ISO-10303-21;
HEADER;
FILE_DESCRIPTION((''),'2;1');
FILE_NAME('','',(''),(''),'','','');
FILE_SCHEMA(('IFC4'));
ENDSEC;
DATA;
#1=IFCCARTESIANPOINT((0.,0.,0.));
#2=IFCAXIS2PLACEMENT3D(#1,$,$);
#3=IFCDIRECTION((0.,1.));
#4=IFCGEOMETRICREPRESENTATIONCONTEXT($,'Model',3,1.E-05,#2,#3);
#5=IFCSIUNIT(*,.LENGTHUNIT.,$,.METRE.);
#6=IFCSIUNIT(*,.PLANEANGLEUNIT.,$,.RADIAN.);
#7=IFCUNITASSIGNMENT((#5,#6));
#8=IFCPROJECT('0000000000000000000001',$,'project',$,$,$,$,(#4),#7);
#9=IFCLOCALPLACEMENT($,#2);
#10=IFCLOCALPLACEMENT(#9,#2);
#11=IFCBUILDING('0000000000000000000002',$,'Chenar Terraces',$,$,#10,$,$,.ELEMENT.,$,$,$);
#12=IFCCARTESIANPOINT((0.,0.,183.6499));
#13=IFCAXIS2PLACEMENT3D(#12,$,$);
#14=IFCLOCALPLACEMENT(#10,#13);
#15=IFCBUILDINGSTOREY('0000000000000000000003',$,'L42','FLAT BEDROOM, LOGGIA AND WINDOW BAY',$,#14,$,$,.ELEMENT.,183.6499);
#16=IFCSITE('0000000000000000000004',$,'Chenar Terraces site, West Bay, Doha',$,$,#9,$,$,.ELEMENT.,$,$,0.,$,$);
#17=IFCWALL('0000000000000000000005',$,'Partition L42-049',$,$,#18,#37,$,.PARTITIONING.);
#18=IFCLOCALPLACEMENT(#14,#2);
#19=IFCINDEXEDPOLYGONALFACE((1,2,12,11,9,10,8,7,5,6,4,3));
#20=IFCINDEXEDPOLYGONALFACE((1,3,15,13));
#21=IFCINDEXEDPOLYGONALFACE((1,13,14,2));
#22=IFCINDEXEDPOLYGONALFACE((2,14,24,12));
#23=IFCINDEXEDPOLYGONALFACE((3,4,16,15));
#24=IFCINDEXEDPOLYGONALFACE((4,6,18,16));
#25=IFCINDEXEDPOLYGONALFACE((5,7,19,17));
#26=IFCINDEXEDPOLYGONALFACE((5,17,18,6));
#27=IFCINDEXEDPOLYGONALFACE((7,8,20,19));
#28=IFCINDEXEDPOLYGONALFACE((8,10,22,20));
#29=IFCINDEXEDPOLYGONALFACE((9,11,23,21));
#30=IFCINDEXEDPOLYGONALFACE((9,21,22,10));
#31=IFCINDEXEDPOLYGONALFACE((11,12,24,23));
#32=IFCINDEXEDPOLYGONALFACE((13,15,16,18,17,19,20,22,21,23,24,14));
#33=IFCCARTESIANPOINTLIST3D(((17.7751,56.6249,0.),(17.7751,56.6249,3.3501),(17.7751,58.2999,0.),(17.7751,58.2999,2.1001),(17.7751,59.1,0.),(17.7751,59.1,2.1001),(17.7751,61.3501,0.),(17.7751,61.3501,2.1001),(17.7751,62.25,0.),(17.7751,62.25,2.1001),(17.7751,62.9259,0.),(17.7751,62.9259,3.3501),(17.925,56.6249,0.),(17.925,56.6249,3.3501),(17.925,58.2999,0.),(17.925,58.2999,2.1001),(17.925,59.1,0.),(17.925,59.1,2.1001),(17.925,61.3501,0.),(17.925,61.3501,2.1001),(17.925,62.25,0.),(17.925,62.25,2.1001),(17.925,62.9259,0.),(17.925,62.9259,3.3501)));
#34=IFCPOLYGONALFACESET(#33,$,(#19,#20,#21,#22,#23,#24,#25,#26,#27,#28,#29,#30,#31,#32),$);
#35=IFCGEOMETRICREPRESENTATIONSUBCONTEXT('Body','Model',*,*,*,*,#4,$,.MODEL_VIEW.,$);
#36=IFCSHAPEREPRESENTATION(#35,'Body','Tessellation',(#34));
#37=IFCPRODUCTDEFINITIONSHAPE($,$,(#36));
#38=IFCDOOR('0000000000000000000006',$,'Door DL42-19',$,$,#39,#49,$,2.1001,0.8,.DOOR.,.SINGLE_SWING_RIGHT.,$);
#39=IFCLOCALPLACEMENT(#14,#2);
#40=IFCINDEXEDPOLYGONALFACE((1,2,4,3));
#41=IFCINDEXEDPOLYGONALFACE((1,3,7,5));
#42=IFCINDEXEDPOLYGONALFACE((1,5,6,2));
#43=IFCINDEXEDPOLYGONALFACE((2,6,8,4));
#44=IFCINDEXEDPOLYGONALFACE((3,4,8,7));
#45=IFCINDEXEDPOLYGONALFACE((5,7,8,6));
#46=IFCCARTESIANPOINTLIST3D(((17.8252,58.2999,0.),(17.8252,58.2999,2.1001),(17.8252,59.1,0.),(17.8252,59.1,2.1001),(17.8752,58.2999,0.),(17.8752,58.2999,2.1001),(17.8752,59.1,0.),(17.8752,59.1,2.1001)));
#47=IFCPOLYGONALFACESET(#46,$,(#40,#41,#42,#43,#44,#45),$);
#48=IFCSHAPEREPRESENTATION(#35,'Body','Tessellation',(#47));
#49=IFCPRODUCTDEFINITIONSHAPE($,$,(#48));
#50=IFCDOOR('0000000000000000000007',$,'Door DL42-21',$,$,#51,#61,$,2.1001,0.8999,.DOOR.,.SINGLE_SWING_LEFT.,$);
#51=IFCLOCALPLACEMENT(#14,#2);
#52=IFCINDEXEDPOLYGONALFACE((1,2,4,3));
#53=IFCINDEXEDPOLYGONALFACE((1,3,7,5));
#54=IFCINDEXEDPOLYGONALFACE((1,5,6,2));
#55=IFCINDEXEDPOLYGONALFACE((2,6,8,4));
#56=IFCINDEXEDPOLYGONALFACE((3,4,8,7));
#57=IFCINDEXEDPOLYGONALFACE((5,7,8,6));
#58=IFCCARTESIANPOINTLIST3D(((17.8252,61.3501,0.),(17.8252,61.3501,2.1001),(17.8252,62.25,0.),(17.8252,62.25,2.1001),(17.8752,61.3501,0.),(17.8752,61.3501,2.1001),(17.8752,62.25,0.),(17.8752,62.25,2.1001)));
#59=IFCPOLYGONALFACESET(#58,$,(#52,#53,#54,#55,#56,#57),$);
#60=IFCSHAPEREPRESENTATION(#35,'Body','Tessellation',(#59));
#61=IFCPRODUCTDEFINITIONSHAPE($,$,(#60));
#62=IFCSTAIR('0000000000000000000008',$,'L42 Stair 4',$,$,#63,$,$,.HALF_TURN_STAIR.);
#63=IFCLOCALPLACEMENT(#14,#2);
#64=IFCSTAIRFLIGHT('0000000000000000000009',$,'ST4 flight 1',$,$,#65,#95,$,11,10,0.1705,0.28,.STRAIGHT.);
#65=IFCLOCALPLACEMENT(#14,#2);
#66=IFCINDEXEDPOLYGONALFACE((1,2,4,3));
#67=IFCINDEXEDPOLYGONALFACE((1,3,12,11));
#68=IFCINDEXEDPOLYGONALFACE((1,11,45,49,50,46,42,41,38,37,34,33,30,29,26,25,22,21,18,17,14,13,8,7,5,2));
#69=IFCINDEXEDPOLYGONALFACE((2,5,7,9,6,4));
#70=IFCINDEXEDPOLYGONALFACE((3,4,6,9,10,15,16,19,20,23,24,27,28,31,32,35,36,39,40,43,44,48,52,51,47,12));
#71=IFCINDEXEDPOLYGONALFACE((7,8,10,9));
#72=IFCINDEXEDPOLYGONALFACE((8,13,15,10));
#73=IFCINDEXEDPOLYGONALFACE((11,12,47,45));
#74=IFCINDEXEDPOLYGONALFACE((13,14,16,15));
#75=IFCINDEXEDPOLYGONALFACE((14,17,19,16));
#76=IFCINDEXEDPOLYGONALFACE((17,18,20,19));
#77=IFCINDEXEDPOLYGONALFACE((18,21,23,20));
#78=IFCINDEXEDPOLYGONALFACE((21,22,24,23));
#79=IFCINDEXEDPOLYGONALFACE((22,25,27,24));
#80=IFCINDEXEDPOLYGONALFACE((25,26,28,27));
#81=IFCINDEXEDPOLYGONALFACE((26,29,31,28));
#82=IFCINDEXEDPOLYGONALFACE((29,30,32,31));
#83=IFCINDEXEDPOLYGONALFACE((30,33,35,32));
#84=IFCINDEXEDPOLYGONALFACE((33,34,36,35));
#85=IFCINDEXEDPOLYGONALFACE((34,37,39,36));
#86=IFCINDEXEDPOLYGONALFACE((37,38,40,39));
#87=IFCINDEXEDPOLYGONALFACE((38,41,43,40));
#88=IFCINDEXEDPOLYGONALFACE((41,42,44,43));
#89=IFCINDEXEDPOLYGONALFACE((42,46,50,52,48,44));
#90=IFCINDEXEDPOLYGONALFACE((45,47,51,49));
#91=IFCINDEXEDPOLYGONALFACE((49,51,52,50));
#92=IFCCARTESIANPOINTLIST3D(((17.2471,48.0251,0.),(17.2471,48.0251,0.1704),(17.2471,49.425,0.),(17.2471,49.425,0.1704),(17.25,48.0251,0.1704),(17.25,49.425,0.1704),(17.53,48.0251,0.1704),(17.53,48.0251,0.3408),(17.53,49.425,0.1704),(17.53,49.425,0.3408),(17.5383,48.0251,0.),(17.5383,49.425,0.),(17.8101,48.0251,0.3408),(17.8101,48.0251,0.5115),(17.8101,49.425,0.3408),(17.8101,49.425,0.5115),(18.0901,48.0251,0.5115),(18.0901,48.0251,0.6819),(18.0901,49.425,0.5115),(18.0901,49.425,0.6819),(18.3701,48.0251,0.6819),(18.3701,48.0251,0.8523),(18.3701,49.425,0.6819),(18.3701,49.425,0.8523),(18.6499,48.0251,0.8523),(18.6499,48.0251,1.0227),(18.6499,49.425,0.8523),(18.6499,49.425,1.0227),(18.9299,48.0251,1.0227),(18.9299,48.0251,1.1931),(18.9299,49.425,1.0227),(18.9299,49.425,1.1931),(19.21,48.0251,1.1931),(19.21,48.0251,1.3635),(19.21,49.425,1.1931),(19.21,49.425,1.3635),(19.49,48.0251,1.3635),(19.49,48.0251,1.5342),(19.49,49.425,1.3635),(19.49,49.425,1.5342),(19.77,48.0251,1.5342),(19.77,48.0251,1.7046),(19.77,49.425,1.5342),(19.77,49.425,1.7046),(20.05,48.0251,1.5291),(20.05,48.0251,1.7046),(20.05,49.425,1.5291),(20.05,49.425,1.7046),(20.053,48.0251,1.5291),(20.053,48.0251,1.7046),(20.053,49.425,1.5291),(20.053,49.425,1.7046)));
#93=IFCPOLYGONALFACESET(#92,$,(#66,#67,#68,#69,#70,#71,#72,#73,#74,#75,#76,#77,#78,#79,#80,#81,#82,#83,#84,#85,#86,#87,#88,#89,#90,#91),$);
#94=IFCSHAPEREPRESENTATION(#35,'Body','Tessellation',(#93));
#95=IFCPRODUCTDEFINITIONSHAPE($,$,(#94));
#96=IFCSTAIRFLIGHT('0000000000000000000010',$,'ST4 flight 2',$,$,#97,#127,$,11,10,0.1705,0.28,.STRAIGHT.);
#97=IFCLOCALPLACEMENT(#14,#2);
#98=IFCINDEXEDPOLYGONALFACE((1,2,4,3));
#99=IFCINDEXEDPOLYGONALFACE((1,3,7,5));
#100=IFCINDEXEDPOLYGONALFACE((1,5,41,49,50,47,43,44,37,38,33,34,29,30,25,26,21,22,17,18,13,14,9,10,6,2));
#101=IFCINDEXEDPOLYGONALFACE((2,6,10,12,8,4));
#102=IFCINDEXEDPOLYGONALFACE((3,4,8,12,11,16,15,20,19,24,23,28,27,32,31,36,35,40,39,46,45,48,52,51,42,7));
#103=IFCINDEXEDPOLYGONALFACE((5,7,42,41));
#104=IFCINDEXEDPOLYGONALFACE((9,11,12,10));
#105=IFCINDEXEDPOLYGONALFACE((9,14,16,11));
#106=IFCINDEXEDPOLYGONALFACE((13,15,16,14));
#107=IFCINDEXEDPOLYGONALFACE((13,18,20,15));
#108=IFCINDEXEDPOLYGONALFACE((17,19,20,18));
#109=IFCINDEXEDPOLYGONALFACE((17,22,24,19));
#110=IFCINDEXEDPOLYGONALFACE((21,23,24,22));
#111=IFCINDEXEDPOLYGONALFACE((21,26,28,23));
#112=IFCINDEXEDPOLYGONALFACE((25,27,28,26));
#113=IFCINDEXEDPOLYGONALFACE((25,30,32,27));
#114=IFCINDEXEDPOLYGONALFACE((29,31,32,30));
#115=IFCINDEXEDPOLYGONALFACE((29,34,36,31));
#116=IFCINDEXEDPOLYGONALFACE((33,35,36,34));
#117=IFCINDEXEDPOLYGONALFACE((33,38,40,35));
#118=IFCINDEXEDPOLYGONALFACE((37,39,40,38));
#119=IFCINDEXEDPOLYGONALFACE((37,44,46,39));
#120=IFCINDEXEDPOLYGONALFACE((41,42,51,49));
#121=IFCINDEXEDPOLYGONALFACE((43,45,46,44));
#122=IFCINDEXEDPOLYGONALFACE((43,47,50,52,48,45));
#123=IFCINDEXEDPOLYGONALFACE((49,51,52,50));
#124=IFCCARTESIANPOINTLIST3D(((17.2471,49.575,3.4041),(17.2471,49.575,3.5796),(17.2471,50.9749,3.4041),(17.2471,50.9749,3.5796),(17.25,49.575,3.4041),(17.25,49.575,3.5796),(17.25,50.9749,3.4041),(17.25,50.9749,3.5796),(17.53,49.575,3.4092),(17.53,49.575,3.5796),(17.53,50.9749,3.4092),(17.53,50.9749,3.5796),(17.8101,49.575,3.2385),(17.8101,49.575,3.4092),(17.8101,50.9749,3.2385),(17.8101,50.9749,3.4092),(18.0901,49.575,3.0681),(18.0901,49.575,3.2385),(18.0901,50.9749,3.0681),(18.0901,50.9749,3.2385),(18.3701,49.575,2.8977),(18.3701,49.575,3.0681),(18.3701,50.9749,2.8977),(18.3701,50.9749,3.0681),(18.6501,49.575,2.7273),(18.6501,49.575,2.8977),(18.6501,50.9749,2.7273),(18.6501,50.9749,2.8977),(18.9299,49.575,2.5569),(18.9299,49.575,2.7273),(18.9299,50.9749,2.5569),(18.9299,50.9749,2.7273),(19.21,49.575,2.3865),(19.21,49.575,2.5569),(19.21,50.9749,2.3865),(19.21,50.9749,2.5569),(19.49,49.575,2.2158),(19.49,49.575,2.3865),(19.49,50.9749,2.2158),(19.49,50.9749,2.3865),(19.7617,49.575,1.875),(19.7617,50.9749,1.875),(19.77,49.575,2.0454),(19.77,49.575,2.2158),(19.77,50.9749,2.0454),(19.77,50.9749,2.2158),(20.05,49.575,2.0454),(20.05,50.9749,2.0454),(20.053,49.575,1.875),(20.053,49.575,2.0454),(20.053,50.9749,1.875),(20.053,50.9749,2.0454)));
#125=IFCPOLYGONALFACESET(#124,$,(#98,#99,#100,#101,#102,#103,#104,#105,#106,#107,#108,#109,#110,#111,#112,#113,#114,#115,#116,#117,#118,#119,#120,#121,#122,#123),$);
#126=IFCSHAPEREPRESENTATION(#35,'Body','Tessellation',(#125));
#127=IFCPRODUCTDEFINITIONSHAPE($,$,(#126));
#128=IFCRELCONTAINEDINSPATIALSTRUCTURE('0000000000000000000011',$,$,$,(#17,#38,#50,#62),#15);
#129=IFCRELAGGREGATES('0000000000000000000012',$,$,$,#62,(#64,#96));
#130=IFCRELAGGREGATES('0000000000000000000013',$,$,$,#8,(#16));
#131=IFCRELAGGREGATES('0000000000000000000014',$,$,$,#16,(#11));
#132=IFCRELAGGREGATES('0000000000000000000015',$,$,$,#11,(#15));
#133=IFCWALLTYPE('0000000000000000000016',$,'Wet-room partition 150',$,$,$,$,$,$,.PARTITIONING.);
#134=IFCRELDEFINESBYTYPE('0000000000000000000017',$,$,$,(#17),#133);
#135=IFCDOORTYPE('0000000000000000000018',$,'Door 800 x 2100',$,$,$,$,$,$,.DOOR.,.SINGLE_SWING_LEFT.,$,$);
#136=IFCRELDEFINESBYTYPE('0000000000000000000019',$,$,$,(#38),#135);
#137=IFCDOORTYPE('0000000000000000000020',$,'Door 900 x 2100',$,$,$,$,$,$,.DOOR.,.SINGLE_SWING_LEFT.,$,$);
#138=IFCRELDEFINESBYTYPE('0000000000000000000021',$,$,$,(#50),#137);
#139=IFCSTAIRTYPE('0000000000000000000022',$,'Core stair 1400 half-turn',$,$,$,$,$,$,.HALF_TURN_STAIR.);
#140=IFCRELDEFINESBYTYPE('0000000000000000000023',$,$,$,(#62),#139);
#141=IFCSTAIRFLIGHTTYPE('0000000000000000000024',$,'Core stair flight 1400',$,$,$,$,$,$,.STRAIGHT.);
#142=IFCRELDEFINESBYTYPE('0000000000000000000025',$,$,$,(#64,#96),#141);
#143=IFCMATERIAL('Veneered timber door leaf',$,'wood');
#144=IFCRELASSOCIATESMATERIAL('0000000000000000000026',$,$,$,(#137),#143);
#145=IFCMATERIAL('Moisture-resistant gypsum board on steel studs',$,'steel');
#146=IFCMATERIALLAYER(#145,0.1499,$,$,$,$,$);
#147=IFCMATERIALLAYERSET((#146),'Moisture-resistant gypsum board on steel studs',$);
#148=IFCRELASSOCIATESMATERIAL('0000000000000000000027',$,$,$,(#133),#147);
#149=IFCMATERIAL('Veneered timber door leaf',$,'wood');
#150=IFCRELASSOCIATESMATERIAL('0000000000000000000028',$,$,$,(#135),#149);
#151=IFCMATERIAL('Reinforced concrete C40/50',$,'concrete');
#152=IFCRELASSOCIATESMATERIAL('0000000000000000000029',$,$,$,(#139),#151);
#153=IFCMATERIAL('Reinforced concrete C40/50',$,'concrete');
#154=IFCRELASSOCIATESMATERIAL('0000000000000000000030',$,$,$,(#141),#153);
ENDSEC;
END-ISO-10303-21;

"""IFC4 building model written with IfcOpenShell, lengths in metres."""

from ifc_helpers import new_model, si_unit, direction, frame, frame_2d, origin, place, context, subcontext, project, spatial, polyline, rectangle, outline, extrude, material, layer, layer_set, type_object, element, fill, aggregate, save


model = new_model("IFC4")

# Units and contexts
model_context = context("Model", 3, precision=1e-05, world=origin(), true_north=direction((0.0, 1.0)))
body_context = subcontext(model_context, "Body", "Model", "MODEL_VIEW")
ifc_project = project(units=[si_unit("LENGTHUNIT", "METRE"), si_unit("PLANEANGLEUNIT", "RADIAN")], contexts=[model_context])

# Site, building, storey
site_placement = place(None, origin())
site = spatial("IfcSite", under=ifc_project, at=site_placement, Name="Chenar Terraces site, West Bay, Doha", CompositionType="ELEMENT", RefElevation=0.0)
building_placement = place(site_placement, origin())
building = spatial("IfcBuilding", under=site, at=building_placement, Name="Chenar Terraces", CompositionType="ELEMENT")
storey_placement = place(building_placement, frame((0.0, 0.0, 183.6499)))
storey = spatial("IfcBuildingStorey", under=building, at=storey_placement, Name="L42", Description="FLAT BEDROOM, LOGGIA AND WINDOW BAY", CompositionType="ELEMENT", Elevation=183.6499)

# Shared definitions
ifc_material_1 = material(Name="Veneered timber door leaf", Category="wood")
door_type_1 = type_object("IfcDoorType", Name="Door 900 x 2100", OperationType="SINGLE_SWING_LEFT", PredefinedType="DOOR", material=ifc_material_1)

# Shared definitions
ifc_material_2 = material(Name="Moisture-resistant gypsum board on steel studs", Category="steel")
ifc_layer_1 = layer(ifc_material_2, 0.1499)
ifc_layer_set_1 = layer_set([ifc_layer_1], Name="Moisture-resistant gypsum board on steel studs")
wall_type_1 = type_object("IfcWallType", Name="Wet-room partition 150", PredefinedType="PARTITIONING", material=ifc_layer_set_1)

# Wall, openings, doors
wall_1_placement = place(storey_placement, frame((17.8501, 56.625, 0.0), z_axis=(0.0, 0.0, 1.0), x_axis=(0.0, 1.0, 0.0)))
wall_1 = element("IfcWall", 1, at=wall_1_placement, inside=storey, type_object=wall_type_1, Name="Partition L42-049", PredefinedType="PARTITIONING", context=body_context, shape_type="SweptSolid", body=[
    extrude(rectangle(XDim=6.301, YDim=0.1499, at=frame_2d((3.1504, 0.0))), origin(), (0.0, 0.0, 1.0), 3.3501),
])
opening_1_placement = place(wall_1_placement, frame((1.675, 0.0, 0.0)))
opening_1 = element("IfcOpeningElement", 2, at=opening_1_placement, cuts=wall_1, PredefinedType="OPENING", context=body_context, shape_type="SweptSolid", body=[
    extrude(rectangle(XDim=0.8, YDim=2.1001, at=frame_2d((0.3999, 1.05))), frame((0.0, 0.085, 0.0), z_axis=(0.0, -1.0, 0.0), x_axis=(1.0, 0.0, 0.0)), (0.0, 0.0, 1.0), 0.1699),
])
opening_2_placement = place(wall_1_placement, frame((4.7251, 0.0, 0.0)))
opening_2 = element("IfcOpeningElement", 3, at=opening_2_placement, cuts=wall_1, PredefinedType="OPENING", context=body_context, shape_type="SweptSolid", body=[
    extrude(rectangle(XDim=0.8999, YDim=2.1001, at=frame_2d((0.45, 1.05))), frame((0.0, 0.085, 0.0), z_axis=(0.0, -1.0, 0.0), x_axis=(1.0, 0.0, 0.0)), (0.0, 0.0, 1.0), 0.1699),
])
ifc_material_3 = material(Name="Veneered timber door leaf", Category="wood")
door_type_2 = type_object("IfcDoorType", Name="Door 800 x 2100", OperationType="SINGLE_SWING_LEFT", PredefinedType="DOOR", material=ifc_material_3)
door_1_placement = place(opening_1_placement, origin())
door_1 = element("IfcDoor", 4, at=door_1_placement, inside=storey, type_object=door_type_2, Name="Door DL42-19", OperationType="SINGLE_SWING_RIGHT", OverallHeight=2.1001, OverallWidth=0.8, PredefinedType="DOOR", context=body_context, shape_type="SweptSolid", body=[
    extrude(rectangle(XDim=0.8, YDim=2.1001, at=frame_2d((0.3999, 1.05))), frame((0.0, 0.0249, 0.0), z_axis=(0.0, -1.0, 0.0), x_axis=(1.0, 0.0, 0.0)), (0.0, 0.0, 1.0), 0.05),
])
fill(opening_1, door_1)
door_2_placement = place(opening_2_placement, origin())
door_2 = element("IfcDoor", 5, at=door_2_placement, inside=storey, type_object=door_type_1, Name="Door DL42-21", OperationType="SINGLE_SWING_LEFT", OverallHeight=2.1001, OverallWidth=0.8999, PredefinedType="DOOR", context=body_context, shape_type="SweptSolid", body=[
    extrude(rectangle(XDim=0.8999, YDim=2.1001, at=frame_2d((0.45, 1.05))), frame((0.0, 0.0249, 0.0), z_axis=(0.0, -1.0, 0.0), x_axis=(1.0, 0.0, 0.0)), (0.0, 0.0, 1.0), 0.05),
])
fill(opening_2, door_2)

# Stair, stair flights
ifc_material_4 = material(Name="Reinforced concrete C40/50", Category="concrete")
stair_type = type_object("IfcStairType", Name="Core stair 1400 half-turn", PredefinedType="HALF_TURN_STAIR", material=ifc_material_4)
stair_placement = place(storey_placement, origin())
stair = element("IfcStair", 6, at=stair_placement, inside=storey, type_object=stair_type, Name="L42 Stair 4", PredefinedType="HALF_TURN_STAIR")
ifc_material_5 = material(Name="Reinforced concrete C40/50", Category="concrete")
stair_flight_type = type_object("IfcStairFlightType", Name="Core stair flight 1400", PredefinedType="STRAIGHT", material=ifc_material_5)
stair_flight_1_placement = place(storey_placement, frame((17.25, 48.7251, 0.0), z_axis=(0.0, 0.0, 1.0), x_axis=(1.0, 0.0, 0.0)))
stair_flight_1 = element("IfcStairFlight", 7, at=stair_flight_1_placement, type_object=stair_flight_type, Name="ST4 flight 1", NumberOfRisers=11, NumberOfTreads=10, PredefinedType="STRAIGHT", RiserHeight=0.1705, TreadLength=0.28, context=body_context, shape_type="SweptSolid", body=[
    extrude(outline(polyline([(-0.0029, 0.0), (-0.0029, 0.1704), (0.0, 0.1704), (0.28, 0.1704), (0.28, 0.3408), (0.5601, 0.3408), (0.5601, 0.5115), (0.8401, 0.5115), (0.8401, 0.6819), (1.1201, 0.6819), (1.1201, 0.8523), (1.3999, 0.8523), (1.3999, 1.0227), (1.6799, 1.0227), (1.6799, 1.1931), (1.96, 1.1931), (1.96, 1.3635), (2.24, 1.3635), (2.24, 1.5342), (2.52, 1.5342), (2.52, 1.7046), (2.8, 1.7046), (2.803, 1.7046), (2.803, 1.5291), (2.8, 1.5291), (0.2883, 0.0), (-0.0029, 0.0)])), frame((0.0, 0.7, 0.0), z_axis=(0.0, -1.0, 0.0), x_axis=(1.0, 0.0, 0.0)), (0.0, 0.0, 1.0), 1.3999),
])
stair_flight_2_placement = place(storey_placement, frame((20.05, 50.2749, 1.875), z_axis=(0.0, 0.0, 1.0), x_axis=(-1.0, 0.0, 0.0)))
stair_flight_2 = element("IfcStairFlight", 8, at=stair_flight_2_placement, type_object=stair_flight_type, Name="ST4 flight 2", NumberOfRisers=11, NumberOfTreads=10, PredefinedType="STRAIGHT", RiserHeight=0.1705, TreadLength=0.28, context=body_context, shape_type="SweptSolid", body=[
    extrude(outline(polyline([(-0.0029, 0.0), (-0.0029, 0.1704), (0.0, 0.1704), (0.28, 0.1704), (0.28, 0.3408), (0.5601, 0.3408), (0.5601, 0.5115), (0.8401, 0.5115), (0.8401, 0.6819), (1.1201, 0.6819), (1.1201, 0.8523), (1.3999, 0.8523), (1.3999, 1.0227), (1.6799, 1.0227), (1.6799, 1.1931), (1.96, 1.1931), (1.96, 1.3635), (2.24, 1.3635), (2.24, 1.5342), (2.52, 1.5342), (2.52, 1.7046), (2.8, 1.7046), (2.803, 1.7046), (2.803, 1.5291), (2.8, 1.5291), (0.2883, 0.0), (-0.0029, 0.0)])), frame((0.0, 0.7, 0.0), z_axis=(0.0, -1.0, 0.0), x_axis=(1.0, 0.0, 0.0)), (0.0, 0.0, 1.0), 1.3999),
])
aggregate(stair, [stair_flight_1, stair_flight_2])

save(model, "model.ifc")
